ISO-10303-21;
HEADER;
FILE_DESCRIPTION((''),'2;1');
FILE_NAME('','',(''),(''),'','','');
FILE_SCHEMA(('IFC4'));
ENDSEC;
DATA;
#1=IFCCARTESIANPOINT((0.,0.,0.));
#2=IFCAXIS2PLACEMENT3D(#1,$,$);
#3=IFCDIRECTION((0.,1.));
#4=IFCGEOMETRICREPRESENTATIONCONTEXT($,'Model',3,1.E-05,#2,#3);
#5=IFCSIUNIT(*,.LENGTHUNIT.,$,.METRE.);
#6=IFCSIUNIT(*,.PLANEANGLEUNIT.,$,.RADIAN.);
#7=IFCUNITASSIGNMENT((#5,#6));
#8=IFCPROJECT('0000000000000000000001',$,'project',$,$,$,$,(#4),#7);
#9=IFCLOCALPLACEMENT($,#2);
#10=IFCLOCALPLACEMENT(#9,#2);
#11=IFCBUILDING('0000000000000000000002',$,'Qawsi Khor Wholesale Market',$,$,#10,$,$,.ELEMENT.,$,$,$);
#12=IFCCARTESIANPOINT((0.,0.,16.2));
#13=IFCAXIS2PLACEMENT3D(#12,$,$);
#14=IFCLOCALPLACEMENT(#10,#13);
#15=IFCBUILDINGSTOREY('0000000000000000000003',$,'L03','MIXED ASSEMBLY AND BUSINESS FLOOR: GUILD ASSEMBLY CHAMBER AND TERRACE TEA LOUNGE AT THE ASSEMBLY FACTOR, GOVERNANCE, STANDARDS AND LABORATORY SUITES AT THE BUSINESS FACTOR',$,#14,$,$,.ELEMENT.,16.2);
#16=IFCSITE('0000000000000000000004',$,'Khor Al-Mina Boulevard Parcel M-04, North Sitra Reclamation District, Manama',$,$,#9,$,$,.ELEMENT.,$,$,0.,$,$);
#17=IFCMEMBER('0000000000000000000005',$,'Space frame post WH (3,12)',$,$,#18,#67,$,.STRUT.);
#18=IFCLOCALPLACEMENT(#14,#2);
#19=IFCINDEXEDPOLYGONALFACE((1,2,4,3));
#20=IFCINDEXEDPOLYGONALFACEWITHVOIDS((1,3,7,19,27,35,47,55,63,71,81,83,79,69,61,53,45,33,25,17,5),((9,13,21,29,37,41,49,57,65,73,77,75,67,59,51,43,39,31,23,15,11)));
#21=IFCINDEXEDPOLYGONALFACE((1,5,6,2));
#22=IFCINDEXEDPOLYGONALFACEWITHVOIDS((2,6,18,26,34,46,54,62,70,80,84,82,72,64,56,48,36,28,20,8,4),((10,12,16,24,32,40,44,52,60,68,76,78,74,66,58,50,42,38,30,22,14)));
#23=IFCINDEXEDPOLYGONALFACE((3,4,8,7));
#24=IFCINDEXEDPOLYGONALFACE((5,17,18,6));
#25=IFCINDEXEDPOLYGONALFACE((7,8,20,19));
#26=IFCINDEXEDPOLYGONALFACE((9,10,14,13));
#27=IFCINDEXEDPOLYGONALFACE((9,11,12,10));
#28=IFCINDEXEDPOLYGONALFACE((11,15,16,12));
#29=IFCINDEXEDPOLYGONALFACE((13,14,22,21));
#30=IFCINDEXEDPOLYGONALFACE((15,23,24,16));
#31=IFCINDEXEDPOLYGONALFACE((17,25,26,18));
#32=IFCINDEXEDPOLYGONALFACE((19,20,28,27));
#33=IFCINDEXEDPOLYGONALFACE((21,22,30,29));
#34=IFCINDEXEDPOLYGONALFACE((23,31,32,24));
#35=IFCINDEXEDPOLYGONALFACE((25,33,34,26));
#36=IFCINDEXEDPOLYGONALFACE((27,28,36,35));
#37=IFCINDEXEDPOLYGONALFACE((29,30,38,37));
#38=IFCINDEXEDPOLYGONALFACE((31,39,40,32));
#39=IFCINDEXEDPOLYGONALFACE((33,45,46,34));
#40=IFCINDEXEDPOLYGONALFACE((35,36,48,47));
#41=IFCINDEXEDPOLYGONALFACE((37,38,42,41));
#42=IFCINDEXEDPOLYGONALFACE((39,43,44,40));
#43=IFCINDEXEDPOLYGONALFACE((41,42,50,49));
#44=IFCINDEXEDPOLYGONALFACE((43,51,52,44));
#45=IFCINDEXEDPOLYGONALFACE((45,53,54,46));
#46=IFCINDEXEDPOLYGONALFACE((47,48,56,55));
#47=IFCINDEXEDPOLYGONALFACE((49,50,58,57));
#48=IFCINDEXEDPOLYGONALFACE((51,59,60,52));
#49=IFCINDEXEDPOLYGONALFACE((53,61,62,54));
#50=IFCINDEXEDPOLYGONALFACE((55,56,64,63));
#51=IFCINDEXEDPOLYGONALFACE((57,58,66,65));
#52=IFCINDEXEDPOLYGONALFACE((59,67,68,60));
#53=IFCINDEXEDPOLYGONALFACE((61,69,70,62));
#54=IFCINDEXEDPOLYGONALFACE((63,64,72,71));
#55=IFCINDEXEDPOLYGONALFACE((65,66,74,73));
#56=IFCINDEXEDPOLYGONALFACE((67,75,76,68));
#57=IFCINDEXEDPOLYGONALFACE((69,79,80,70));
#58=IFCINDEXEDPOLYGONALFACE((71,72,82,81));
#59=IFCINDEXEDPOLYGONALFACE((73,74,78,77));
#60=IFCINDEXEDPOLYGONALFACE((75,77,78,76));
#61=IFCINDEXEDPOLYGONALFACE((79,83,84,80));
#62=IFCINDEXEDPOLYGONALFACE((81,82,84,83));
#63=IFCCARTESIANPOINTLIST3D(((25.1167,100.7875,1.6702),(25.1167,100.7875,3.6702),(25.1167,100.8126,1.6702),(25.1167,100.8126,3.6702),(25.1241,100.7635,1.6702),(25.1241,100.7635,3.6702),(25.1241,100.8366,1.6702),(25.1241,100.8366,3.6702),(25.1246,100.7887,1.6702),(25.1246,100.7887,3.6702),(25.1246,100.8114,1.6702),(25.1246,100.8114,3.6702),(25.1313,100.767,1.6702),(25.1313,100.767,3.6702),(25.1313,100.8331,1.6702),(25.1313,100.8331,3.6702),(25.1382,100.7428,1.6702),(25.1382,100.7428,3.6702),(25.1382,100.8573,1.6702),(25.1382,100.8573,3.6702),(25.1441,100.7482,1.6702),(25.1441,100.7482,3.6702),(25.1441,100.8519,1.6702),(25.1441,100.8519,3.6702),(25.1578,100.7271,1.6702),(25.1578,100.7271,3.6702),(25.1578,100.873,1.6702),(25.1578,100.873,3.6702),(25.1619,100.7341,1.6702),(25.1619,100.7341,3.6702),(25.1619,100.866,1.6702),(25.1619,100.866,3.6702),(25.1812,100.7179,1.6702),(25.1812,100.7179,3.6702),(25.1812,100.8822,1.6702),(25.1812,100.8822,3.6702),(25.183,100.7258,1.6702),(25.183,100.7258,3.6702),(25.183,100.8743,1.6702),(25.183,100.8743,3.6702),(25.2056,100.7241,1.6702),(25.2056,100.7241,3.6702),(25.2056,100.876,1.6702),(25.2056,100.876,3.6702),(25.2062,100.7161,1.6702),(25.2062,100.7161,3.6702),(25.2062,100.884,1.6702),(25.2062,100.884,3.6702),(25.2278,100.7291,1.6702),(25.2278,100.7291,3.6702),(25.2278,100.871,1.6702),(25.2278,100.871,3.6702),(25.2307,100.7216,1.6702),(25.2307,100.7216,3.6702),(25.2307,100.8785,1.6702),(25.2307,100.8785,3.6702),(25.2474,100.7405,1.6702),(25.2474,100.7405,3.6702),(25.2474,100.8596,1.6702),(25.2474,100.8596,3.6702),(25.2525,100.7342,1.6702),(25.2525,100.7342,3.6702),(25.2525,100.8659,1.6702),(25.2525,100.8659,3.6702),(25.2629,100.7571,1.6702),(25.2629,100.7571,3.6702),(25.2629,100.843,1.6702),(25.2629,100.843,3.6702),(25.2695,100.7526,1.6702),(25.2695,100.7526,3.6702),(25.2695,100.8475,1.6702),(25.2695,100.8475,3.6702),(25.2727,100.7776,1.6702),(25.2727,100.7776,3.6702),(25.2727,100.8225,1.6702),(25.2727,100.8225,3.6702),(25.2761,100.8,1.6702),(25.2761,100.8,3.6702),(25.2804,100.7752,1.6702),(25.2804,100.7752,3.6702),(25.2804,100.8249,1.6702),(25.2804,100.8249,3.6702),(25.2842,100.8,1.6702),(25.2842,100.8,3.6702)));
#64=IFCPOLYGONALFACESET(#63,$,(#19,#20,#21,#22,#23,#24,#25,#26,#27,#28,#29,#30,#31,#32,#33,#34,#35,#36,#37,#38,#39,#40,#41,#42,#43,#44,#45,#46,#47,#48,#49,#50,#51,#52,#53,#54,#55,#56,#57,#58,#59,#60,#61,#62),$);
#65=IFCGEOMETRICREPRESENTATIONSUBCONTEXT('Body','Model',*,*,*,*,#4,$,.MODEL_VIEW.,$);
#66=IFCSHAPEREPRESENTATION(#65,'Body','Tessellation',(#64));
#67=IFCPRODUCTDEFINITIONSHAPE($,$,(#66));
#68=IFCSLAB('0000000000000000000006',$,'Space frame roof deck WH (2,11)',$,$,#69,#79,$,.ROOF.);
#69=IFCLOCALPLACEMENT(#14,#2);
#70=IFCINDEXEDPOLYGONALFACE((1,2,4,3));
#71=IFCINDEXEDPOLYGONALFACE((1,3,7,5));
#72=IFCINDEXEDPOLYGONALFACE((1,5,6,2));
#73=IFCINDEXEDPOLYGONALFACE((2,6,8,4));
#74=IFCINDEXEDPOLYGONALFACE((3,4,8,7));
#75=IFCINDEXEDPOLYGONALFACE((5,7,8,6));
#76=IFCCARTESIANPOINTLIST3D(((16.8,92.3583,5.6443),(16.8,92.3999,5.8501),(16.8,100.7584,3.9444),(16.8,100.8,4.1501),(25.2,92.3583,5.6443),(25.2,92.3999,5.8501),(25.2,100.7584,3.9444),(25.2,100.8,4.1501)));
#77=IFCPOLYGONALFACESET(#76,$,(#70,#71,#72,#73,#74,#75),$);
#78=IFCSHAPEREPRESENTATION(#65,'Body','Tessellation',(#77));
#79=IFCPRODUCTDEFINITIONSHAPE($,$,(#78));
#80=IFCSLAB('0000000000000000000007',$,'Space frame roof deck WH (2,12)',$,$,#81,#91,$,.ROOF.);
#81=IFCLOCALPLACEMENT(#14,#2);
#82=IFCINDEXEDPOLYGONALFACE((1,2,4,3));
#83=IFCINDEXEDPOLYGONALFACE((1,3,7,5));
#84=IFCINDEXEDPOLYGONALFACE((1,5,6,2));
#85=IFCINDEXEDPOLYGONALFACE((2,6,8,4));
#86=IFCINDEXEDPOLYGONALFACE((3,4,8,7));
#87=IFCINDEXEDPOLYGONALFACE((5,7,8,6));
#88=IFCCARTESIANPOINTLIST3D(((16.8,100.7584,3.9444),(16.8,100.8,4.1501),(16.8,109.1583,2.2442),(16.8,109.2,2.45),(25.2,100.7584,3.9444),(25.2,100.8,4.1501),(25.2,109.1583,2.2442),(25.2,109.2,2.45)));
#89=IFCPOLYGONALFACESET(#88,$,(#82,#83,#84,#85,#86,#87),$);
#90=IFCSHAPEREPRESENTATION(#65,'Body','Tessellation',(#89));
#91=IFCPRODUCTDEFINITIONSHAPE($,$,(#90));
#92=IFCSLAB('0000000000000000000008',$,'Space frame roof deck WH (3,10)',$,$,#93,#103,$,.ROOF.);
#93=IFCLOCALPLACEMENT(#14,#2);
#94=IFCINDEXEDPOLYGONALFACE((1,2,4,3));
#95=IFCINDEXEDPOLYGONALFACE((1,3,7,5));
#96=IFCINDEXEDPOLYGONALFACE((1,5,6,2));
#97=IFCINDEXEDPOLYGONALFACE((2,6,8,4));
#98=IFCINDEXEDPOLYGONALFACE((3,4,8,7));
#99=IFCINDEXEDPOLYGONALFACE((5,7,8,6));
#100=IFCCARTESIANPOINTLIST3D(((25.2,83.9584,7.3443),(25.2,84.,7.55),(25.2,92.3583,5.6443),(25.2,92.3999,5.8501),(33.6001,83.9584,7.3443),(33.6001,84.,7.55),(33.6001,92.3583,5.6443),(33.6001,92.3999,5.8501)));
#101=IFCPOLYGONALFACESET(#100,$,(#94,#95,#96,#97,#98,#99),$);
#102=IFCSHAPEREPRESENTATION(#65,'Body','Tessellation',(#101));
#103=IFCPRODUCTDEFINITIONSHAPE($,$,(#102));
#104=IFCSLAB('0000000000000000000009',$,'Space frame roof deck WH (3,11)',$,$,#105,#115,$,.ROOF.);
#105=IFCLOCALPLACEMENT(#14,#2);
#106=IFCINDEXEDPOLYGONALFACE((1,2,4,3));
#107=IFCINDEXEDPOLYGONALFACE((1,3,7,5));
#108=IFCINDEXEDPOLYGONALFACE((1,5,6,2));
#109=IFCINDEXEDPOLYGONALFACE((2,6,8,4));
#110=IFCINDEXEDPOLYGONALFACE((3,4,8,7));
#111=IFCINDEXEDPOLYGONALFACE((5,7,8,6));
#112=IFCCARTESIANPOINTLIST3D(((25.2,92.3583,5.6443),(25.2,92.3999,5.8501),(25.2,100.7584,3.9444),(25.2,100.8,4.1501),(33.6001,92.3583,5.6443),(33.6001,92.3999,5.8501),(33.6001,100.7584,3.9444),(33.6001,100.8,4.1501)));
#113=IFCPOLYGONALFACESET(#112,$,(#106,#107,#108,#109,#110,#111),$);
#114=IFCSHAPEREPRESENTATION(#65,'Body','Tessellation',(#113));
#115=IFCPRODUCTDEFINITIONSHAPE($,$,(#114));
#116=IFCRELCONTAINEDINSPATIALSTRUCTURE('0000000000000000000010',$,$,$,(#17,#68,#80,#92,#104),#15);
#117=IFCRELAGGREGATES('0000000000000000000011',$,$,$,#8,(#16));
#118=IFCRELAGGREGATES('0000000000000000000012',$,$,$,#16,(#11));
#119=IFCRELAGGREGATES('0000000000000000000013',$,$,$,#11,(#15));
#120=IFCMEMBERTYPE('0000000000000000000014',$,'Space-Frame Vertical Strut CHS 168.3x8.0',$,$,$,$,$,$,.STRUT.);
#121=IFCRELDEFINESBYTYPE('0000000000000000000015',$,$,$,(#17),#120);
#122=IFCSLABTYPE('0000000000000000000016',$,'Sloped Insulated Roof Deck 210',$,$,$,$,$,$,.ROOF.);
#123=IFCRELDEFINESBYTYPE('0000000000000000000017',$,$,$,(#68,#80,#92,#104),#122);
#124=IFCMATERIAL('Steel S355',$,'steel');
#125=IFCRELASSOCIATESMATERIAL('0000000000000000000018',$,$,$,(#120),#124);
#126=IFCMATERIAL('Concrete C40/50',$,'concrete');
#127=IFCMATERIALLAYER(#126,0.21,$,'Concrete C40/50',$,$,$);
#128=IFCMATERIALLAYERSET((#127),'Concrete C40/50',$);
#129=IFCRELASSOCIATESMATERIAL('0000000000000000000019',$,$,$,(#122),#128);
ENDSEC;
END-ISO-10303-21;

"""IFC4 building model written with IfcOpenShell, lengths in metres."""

from ifc_helpers import new_model, si_unit, direction, frame, origin, origin_2d, place, context, subcontext, project, spatial, polyline, hollow_circle, outline, extrude, material, layer, layer_set, material_profile, profile_set, type_object, element, save


model = new_model("IFC4")

# Units and contexts
model_context = context("Model", 3, precision=1e-05, world=origin(), true_north=direction((0.0, 1.0)))
body_context = subcontext(model_context, "Body", "Model", "MODEL_VIEW")
ifc_project = project(units=[si_unit("LENGTHUNIT", "METRE"), si_unit("PLANEANGLEUNIT", "RADIAN")], contexts=[model_context])

# Site, building, storey
site_placement = place(None, origin())
site = spatial("IfcSite", under=ifc_project, at=site_placement, Name="Khor Al-Mina Boulevard Parcel M-04, North Sitra Reclamation District, Manama", CompositionType="ELEMENT", RefElevation=0.0)
building_placement = place(site_placement, origin())
building = spatial("IfcBuilding", under=site, at=building_placement, Name="Qawsi Khor Wholesale Market", CompositionType="ELEMENT")
storey_placement = place(building_placement, frame((0.0, 0.0, 16.2)))
storey = spatial("IfcBuildingStorey", under=building, at=storey_placement, Name="L03", Description="MIXED ASSEMBLY AND BUSINESS FLOOR: GUILD ASSEMBLY CHAMBER AND TERRACE TEA LOUNGE AT THE ASSEMBLY FACTOR, GOVERNANCE, STANDARDS AND LABORATORY SUITES AT THE BUSINESS FACTOR", CompositionType="ELEMENT", Elevation=16.2)

# Member
ifc_material_1 = material(Name="Steel S355", Category="steel")
ifc_material_profile_1 = material_profile(ifc_material_1, hollow_circle(Radius=0.0842, WallThickness=0.0081, at=origin_2d()), Name="CHS 168.3x8.0")
ifc_profile_set_1 = profile_set([ifc_material_profile_1], Name="Steel S355")
member_type_1 = type_object("IfcMemberType", Name="Space-Frame Vertical Strut CHS 168.3x8.0", PredefinedType="STRUT", material=ifc_profile_set_1)
for number, where, z_axis, x_axis, name in (
    (1, (25.2, 100.8, 1.6702), (0.0, 0.0, 1.0), (1.0, 0.0, 0.0), "Space frame post WH (3,12)"),
):
    element("IfcMember", number, at=place(storey_placement, frame(where, z_axis=z_axis, x_axis=x_axis)), inside=storey, type_object=member_type_1, Name=name, PredefinedType="STRUT", context=body_context, shape_type="SweptSolid", body=[
        extrude(hollow_circle(Radius=0.0842, WallThickness=0.0081, at=origin_2d()), origin(), (0.0, 0.0, 1.0), 2.0),
    ])

# Slabs
ifc_material_2 = material(Name="Concrete C40/50", Category="concrete")
ifc_layer = layer(ifc_material_2, 0.21, Name="Concrete C40/50")
ifc_layer_set = layer_set([ifc_layer], Name="Concrete C40/50")
slab_type = type_object("IfcSlabType", Name="Sloped Insulated Roof Deck 210", PredefinedType="ROOF", material=ifc_layer_set)
slab_1_placement = place(storey_placement, frame((16.8, 92.3999, 5.8501), z_axis=(0.0, 0.198351, 0.980131), x_axis=(1.0, 0.0, 0.0)))
element("IfcSlab", 2, at=slab_1_placement, inside=storey, type_object=slab_type, Name="Space frame roof deck WH (2,11)", PredefinedType="ROOF", context=body_context, shape_type="SweptSolid", body=[
    extrude(outline(polyline([(0.0, 0.0), (8.3999, 0.0), (8.3999, 8.5704), (0.0, 8.5704), (0.0, 0.0)])), origin(), (0.0, 0.0, -1.0), 0.21),
])
slab_2_placement = place(storey_placement, frame((16.8, 100.8, 4.1501), z_axis=(0.0, 0.198384, 0.980124), x_axis=(1.0, 0.0, 0.0)))
element("IfcSlab", 3, at=slab_2_placement, inside=storey, type_object=slab_type, Name="Space frame roof deck WH (2,12)", PredefinedType="ROOF", context=body_context, shape_type="SweptSolid", body=[
    extrude(outline(polyline([(0.0, 0.0), (8.3999, 0.0), (8.3999, 8.5702), (0.0, 8.5702), (0.0, 0.0)])), origin(), (0.0, 0.0, -1.0), 0.21),
])
slab_3_placement = place(storey_placement, frame((25.2, 84.0, 7.55), z_axis=(0.0, 0.198356, 0.98013), x_axis=(1.0, 0.0, 0.0)))
element("IfcSlab", 4, at=slab_3_placement, inside=storey, type_object=slab_type, Name="Space frame roof deck WH (3,10)", PredefinedType="ROOF", context=body_context, shape_type="SweptSolid", body=[
    extrude(outline(polyline([(0.0, 0.0), (8.4001, 0.0), (8.4001, 8.5702), (0.0, 8.5702), (0.0, 0.0)])), origin(), (0.0, 0.0, -1.0), 0.21),
])
slab_4_placement = place(storey_placement, frame((25.2, 92.3999, 5.8501), z_axis=(0.0, 0.198351, 0.980131), x_axis=(1.0, 0.0, 0.0)))
element("IfcSlab", 5, at=slab_4_placement, inside=storey, type_object=slab_type, Name="Space frame roof deck WH (3,11)", PredefinedType="ROOF", context=body_context, shape_type="SweptSolid", body=[
    extrude(outline(polyline([(0.0, 0.0), (8.4001, 0.0), (8.4001, 8.5704), (0.0, 8.5704), (0.0, 0.0)])), origin(), (0.0, 0.0, -1.0), 0.21),
])

save(model, "model.ifc")
